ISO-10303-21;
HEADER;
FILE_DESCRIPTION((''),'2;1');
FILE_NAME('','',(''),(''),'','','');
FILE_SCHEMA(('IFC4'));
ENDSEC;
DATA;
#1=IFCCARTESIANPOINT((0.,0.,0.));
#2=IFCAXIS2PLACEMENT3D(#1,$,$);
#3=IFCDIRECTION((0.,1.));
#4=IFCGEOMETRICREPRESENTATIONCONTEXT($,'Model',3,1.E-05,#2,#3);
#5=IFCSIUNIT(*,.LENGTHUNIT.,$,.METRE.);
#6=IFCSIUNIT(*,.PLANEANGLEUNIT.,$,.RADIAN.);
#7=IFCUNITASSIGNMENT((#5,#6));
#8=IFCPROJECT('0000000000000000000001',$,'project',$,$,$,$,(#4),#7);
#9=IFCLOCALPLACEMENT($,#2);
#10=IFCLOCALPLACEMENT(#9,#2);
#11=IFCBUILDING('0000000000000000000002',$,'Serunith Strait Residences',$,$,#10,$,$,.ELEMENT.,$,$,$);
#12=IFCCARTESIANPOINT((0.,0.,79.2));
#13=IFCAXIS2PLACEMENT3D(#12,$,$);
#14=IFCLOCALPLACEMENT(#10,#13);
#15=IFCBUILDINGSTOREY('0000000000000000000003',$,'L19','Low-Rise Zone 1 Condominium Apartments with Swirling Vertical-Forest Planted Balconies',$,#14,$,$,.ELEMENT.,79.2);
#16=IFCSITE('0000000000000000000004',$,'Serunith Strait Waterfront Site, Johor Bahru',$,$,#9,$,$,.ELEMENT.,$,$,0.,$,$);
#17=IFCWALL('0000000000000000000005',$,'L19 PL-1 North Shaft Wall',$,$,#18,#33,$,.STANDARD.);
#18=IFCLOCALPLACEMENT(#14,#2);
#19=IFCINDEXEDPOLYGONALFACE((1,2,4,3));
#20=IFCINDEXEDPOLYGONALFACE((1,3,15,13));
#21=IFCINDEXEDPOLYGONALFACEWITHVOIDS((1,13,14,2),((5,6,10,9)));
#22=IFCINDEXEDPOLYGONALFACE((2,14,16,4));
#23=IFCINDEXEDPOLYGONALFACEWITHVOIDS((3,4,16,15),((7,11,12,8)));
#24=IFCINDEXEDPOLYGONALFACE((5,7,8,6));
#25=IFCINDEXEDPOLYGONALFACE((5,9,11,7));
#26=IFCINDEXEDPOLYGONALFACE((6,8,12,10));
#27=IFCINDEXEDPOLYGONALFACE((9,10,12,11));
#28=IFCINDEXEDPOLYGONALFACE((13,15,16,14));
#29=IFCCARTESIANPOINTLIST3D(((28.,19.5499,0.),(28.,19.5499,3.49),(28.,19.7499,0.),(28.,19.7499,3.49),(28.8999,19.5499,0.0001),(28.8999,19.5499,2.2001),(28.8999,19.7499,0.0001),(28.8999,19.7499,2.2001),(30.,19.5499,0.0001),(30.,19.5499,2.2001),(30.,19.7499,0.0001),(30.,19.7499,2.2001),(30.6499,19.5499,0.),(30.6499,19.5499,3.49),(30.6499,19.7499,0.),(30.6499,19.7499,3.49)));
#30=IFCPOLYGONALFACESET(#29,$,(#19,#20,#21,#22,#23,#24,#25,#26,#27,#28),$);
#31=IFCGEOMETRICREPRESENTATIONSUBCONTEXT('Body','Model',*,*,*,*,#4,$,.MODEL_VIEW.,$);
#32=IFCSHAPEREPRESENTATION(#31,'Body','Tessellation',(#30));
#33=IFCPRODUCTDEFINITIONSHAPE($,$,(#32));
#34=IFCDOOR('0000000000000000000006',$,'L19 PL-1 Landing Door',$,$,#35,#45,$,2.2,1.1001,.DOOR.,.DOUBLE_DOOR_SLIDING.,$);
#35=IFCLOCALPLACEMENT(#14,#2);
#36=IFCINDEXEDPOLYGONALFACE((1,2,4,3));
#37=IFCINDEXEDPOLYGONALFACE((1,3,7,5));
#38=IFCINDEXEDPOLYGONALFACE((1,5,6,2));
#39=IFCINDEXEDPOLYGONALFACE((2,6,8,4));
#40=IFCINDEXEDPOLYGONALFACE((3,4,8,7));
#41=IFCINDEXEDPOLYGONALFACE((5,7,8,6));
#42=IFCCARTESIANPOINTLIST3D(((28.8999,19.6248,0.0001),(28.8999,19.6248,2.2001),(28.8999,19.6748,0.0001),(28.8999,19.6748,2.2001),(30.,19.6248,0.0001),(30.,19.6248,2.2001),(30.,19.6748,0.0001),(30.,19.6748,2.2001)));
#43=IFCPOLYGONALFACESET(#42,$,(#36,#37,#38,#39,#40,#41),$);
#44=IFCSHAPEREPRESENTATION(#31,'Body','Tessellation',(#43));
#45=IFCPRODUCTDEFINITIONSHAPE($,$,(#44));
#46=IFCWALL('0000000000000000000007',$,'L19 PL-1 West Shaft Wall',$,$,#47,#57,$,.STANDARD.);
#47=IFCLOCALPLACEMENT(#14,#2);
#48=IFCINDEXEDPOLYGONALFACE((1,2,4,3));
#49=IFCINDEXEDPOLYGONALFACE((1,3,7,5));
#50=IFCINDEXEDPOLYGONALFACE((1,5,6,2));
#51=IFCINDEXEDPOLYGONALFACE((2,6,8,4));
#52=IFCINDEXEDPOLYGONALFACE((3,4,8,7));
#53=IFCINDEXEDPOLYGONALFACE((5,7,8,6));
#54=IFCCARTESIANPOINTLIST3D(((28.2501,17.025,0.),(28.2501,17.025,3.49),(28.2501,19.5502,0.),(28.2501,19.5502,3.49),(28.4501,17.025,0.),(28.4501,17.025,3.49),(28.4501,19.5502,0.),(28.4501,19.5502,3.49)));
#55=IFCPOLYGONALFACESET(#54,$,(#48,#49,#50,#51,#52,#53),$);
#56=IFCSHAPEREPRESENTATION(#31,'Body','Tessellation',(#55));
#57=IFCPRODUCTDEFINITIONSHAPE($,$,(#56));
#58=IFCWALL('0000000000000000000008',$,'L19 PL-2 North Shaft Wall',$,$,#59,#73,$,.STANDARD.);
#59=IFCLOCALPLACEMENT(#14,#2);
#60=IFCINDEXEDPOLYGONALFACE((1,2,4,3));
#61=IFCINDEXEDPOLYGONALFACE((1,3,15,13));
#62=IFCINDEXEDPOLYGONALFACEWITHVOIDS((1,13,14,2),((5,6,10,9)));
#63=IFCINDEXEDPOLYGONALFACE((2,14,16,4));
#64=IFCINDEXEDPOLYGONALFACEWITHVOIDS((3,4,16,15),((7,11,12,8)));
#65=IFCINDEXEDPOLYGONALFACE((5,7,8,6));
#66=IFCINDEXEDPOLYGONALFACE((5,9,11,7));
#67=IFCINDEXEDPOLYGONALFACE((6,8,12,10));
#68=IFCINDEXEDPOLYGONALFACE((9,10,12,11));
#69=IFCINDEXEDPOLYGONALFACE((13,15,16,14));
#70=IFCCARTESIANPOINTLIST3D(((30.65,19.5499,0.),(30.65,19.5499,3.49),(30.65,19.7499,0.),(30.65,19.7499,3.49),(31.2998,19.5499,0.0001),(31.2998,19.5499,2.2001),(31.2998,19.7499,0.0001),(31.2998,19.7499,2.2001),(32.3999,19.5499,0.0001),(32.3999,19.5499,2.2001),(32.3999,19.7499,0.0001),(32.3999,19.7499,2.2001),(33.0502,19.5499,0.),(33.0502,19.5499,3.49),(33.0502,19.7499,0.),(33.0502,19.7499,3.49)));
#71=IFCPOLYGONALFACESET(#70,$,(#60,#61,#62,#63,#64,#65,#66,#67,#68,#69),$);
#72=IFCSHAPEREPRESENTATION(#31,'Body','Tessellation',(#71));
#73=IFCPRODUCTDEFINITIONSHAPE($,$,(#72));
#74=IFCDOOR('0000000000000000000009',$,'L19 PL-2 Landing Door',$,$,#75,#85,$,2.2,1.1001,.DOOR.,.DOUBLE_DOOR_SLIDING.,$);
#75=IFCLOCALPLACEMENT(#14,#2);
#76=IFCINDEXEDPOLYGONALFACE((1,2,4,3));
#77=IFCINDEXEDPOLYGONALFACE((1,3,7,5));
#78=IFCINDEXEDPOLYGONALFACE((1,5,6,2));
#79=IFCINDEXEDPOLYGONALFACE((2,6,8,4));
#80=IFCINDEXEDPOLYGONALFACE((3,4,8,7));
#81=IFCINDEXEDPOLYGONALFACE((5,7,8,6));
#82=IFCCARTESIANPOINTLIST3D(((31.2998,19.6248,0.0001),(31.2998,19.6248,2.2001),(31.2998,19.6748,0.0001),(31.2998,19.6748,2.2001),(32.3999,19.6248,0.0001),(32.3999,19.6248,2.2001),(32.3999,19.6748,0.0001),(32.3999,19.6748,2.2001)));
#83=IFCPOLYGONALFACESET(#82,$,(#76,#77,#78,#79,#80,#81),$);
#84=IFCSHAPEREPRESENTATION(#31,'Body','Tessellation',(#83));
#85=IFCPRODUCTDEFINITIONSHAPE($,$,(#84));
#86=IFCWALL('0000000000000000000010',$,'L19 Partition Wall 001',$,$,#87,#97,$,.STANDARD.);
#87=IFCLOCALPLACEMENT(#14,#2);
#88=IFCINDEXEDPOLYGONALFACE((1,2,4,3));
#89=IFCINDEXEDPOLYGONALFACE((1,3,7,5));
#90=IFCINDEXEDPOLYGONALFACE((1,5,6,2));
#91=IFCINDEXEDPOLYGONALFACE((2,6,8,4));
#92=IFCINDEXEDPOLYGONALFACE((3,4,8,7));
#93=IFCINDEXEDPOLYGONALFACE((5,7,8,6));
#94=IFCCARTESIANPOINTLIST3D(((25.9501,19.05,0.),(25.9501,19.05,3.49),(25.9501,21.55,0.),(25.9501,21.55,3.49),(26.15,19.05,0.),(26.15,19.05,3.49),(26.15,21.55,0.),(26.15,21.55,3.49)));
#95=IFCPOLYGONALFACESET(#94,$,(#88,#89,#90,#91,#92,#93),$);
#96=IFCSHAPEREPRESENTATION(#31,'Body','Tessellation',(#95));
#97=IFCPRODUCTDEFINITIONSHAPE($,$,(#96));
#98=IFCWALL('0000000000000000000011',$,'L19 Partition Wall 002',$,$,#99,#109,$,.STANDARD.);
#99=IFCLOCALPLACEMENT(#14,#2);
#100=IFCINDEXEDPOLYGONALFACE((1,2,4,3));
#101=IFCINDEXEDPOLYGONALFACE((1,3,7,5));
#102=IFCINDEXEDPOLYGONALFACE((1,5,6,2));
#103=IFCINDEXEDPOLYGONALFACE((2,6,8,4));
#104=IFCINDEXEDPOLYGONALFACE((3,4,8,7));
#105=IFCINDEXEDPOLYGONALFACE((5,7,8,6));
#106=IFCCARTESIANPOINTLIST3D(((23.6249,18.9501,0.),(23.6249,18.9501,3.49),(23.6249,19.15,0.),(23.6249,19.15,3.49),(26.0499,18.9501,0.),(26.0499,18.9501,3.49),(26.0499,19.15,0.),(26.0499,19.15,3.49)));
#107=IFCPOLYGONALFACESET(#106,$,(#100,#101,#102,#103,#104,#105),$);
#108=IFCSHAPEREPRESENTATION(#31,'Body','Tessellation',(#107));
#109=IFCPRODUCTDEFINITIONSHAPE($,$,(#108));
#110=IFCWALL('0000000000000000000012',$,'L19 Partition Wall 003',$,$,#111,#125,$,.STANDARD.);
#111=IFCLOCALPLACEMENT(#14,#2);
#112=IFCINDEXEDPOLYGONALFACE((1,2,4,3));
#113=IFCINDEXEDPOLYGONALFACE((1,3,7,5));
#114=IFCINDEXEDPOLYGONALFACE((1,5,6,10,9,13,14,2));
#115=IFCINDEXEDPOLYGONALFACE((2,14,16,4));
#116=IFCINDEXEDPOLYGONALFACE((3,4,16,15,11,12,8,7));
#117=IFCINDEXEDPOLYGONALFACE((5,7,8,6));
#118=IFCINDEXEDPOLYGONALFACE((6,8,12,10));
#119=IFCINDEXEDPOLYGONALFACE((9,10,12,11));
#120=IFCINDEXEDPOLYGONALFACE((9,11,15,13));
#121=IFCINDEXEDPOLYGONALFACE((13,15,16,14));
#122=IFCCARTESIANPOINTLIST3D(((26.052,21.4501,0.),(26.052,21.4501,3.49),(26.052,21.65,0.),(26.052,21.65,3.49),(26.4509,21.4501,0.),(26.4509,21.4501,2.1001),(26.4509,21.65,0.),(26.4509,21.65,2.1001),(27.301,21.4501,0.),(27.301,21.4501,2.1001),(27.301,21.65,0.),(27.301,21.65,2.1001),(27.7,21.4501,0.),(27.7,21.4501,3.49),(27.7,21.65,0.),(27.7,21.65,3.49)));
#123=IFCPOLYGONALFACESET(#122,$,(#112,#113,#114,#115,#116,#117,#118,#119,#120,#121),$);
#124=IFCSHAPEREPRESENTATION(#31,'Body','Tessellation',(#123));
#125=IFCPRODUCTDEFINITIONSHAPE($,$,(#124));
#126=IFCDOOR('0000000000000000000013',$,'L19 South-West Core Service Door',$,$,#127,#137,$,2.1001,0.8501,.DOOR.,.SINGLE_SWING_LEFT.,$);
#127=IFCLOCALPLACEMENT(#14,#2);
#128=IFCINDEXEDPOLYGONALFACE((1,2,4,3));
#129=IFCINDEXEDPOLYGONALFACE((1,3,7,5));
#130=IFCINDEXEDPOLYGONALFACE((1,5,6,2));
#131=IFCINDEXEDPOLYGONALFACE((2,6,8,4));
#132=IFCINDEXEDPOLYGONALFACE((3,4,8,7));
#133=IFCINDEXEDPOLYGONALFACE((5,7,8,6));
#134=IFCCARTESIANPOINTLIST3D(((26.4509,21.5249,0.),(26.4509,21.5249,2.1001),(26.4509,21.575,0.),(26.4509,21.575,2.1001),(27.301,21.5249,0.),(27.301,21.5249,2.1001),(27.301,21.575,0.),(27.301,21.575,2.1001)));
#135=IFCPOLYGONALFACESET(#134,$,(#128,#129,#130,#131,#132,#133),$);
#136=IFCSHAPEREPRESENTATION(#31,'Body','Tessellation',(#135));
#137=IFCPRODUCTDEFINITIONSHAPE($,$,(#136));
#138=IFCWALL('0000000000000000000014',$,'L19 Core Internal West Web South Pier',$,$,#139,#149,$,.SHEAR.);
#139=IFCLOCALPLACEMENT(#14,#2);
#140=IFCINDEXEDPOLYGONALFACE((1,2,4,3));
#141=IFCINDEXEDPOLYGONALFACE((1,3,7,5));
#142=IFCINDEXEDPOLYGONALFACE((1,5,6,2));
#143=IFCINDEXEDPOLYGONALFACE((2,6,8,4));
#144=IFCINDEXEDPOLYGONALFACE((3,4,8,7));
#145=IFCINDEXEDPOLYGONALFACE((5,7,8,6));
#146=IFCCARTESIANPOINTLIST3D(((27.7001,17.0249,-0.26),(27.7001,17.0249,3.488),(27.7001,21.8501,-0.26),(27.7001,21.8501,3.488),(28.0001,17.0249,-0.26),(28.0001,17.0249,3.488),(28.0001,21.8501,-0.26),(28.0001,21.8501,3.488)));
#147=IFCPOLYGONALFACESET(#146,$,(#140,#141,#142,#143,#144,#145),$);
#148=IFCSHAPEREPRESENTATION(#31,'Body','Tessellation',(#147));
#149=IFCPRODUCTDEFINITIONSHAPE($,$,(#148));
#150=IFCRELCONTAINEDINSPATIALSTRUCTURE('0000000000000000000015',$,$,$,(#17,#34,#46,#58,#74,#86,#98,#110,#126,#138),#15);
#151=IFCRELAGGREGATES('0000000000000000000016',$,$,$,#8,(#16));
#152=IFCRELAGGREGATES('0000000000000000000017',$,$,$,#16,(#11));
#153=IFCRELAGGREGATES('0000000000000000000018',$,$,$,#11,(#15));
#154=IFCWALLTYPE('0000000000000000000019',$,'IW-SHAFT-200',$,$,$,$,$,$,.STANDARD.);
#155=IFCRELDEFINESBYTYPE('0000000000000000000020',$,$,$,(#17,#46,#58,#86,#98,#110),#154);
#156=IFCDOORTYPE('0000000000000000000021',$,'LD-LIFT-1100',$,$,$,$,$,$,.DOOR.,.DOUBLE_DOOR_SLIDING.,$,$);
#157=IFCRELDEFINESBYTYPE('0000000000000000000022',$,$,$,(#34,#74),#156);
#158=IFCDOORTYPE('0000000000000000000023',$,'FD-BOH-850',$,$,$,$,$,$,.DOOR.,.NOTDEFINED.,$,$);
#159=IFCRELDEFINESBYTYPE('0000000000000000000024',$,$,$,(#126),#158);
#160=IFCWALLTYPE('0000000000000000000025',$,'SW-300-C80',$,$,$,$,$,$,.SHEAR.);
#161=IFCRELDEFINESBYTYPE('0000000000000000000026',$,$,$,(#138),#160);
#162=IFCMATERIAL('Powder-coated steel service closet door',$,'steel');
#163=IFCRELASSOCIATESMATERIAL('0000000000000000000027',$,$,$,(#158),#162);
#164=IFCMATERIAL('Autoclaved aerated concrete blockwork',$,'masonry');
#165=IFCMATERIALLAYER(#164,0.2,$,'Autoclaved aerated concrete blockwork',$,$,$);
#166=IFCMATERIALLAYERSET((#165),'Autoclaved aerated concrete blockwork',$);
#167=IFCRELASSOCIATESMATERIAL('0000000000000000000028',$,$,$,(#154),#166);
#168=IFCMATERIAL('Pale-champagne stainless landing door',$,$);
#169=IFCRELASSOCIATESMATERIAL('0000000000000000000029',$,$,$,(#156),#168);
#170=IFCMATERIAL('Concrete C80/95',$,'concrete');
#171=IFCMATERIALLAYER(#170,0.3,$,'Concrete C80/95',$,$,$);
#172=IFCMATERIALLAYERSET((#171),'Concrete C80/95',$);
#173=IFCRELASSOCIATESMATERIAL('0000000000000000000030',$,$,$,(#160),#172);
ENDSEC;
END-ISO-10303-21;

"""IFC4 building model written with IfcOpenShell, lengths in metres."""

from ifc_helpers import new_model, si_unit, direction, frame, frame_2d, origin, place, context, subcontext, project, spatial, rectangle, extrude, source, transform, mapped, material, layer, layer_set, type_object, element, fill, save


model = new_model("IFC4")

# Units and contexts
model_context = context("Model", 3, precision=1e-05, world=origin(), true_north=direction((0.0, 1.0)))
body_context = subcontext(model_context, "Body", "Model", "MODEL_VIEW")
ifc_project = project(units=[si_unit("LENGTHUNIT", "METRE"), si_unit("PLANEANGLEUNIT", "RADIAN")], contexts=[model_context])

# Site, building, storey
site_placement = place(None, origin())
site = spatial("IfcSite", under=ifc_project, at=site_placement, Name="Serunith Strait Waterfront Site, Johor Bahru", CompositionType="ELEMENT", RefElevation=0.0)
building_placement = place(site_placement, origin())
building = spatial("IfcBuilding", under=site, at=building_placement, Name="Serunith Strait Residences", CompositionType="ELEMENT")
storey_placement = place(building_placement, frame((0.0, 0.0, 79.2)))
storey = spatial("IfcBuildingStorey", under=building, at=storey_placement, Name="L19", Description="Low-Rise Zone 1 Condominium Apartments with Swirling Vertical-Forest Planted Balconies", CompositionType="ELEMENT", Elevation=79.2)

# Wall, opening, door
ifc_material_1 = material(Name="Powder-coated steel service closet door", Category="steel")
door_type_1 = type_object("IfcDoorType", Name="FD-BOH-850", OperationType="NOTDEFINED", PredefinedType="DOOR", material=ifc_material_1)
shared_shape_1 = source(origin(), body_context, "Body", "SweptSolid", [
    extrude(rectangle(XDim=0.8501, YDim=2.1001, at=frame_2d((0.425, 1.05))), frame((0.0, 0.0249, 0.0), z_axis=(0.0, -1.0, 0.0), x_axis=(1.0, 0.0, 0.0)), (0.0, 0.0, 1.0), 0.05),
])
ifc_material_2 = material(Name="Autoclaved aerated concrete blockwork", Category="masonry")
ifc_layer_1 = layer(ifc_material_2, 0.2, Name="Autoclaved aerated concrete blockwork")
ifc_layer_set_1 = layer_set([ifc_layer_1], Name="Autoclaved aerated concrete blockwork")
wall_type_1 = type_object("IfcWallType", Name="IW-SHAFT-200", PredefinedType="STANDARD", material=ifc_layer_set_1)
wall_1_placement = place(storey_placement, frame((28.0, 19.6499, 0.0), z_axis=(0.0, 0.0, 1.0), x_axis=(1.0, 0.0, 0.0)))
wall_1 = element("IfcWall", 1, at=wall_1_placement, inside=storey, type_object=wall_type_1, Name="L19 PL-1 North Shaft Wall", PredefinedType="STANDARD", context=body_context, shape_type="SweptSolid", body=[
    extrude(rectangle(XDim=2.6499, YDim=0.2, at=frame_2d((1.325, 0.0))), origin(), (0.0, 0.0, 1.0), 3.49),
])
opening_1_placement = place(wall_1_placement, frame((0.8999, 0.0, 0.0)))
opening_1 = element("IfcOpeningElement", 2, at=opening_1_placement, cuts=wall_1, PredefinedType="OPENING", context=body_context, shape_type="SweptSolid", body=[
    extrude(rectangle(XDim=1.1001, YDim=2.2, at=frame_2d((0.55, 1.1001))), frame((0.0, 0.1099, 0.0), z_axis=(0.0, -1.0, 0.0), x_axis=(1.0, 0.0, 0.0)), (0.0, 0.0, 1.0), 0.22),
])
ifc_material_3 = material(Name="Pale-champagne stainless landing door")
door_type_2 = type_object("IfcDoorType", Name="LD-LIFT-1100", OperationType="DOUBLE_DOOR_SLIDING", PredefinedType="DOOR", material=ifc_material_3)
shared_shape_2 = source(origin(), body_context, "Body", "SweptSolid", [
    extrude(rectangle(XDim=1.1001, YDim=2.2, at=frame_2d((0.55, 1.1001))), frame((0.0, 0.0249, 0.0), z_axis=(0.0, -1.0, 0.0), x_axis=(1.0, 0.0, 0.0)), (0.0, 0.0, 1.0), 0.05),
])
door_1_placement = place(opening_1_placement, origin())
door_1 = element("IfcDoor", 3, at=door_1_placement, inside=storey, type_object=door_type_2, Name="L19 PL-1 Landing Door", OperationType="DOUBLE_DOOR_SLIDING", OverallHeight=2.2, OverallWidth=1.1001, PredefinedType="DOOR", context=body_context, shape_type="MappedRepresentation", body=[
    mapped(shared_shape_2, transform((0.0, 0.0, 0.0), scale=1.0)),
])
fill(opening_1, door_1)

# Wall
wall_2_placement = place(storey_placement, frame((28.3501, 17.0249, 0.0), z_axis=(0.0, 0.0, 1.0), x_axis=(0.0, 1.0, 0.0)))
element("IfcWall", 4, at=wall_2_placement, inside=storey, type_object=wall_type_1, Name="L19 PL-1 West Shaft Wall", PredefinedType="STANDARD", context=body_context, shape_type="SweptSolid", body=[
    extrude(rectangle(XDim=2.5251, YDim=0.2, at=frame_2d((1.2627, 0.0))), origin(), (0.0, 0.0, 1.0), 3.49),
])

# Wall, opening, door
wall_3_placement = place(storey_placement, frame((30.6499, 19.6499, 0.0), z_axis=(0.0, 0.0, 1.0), x_axis=(1.0, 0.0, 0.0)))
wall_3 = element("IfcWall", 5, at=wall_3_placement, inside=storey, type_object=wall_type_1, Name="L19 PL-2 North Shaft Wall", PredefinedType="STANDARD", context=body_context, shape_type="SweptSolid", body=[
    extrude(rectangle(XDim=2.4001, YDim=0.2, at=frame_2d((1.2002, 0.0))), origin(), (0.0, 0.0, 1.0), 3.49),
])
opening_2_placement = place(wall_3_placement, frame((0.6499, 0.0, 0.0)))
opening_2 = element("IfcOpeningElement", 6, at=opening_2_placement, cuts=wall_3, PredefinedType="OPENING", context=body_context, shape_type="SweptSolid", body=[
    extrude(rectangle(XDim=1.1001, YDim=2.2, at=frame_2d((0.55, 1.1001))), frame((0.0, 0.1099, 0.0), z_axis=(0.0, -1.0, 0.0), x_axis=(1.0, 0.0, 0.0)), (0.0, 0.0, 1.0), 0.22),
])
door_2_placement = place(opening_2_placement, origin())
door_2 = element("IfcDoor", 7, at=door_2_placement, inside=storey, type_object=door_type_2, Name="L19 PL-2 Landing Door", OperationType="DOUBLE_DOOR_SLIDING", OverallHeight=2.2, OverallWidth=1.1001, PredefinedType="DOOR", context=body_context, shape_type="MappedRepresentation", body=[
    mapped(shared_shape_2, transform((0.0, 0.0, 0.0), scale=1.0)),
])
fill(opening_2, door_2)

# Walls
wall_4_placement = place(storey_placement, frame((26.05, 19.05, 0.0), z_axis=(0.0, 0.0, 1.0), x_axis=(0.0, 1.0, 0.0)))
element("IfcWall", 8, at=wall_4_placement, inside=storey, type_object=wall_type_1, Name="L19 Partition Wall 001", PredefinedType="STANDARD", context=body_context, shape_type="SweptSolid", body=[
    extrude(rectangle(XDim=2.5, YDim=0.2, at=frame_2d((1.25, 0.0))), origin(), (0.0, 0.0, 1.0), 3.49),
])
wall_5_placement = place(storey_placement, frame((23.625, 19.05, 0.0), z_axis=(0.0, 0.0, 1.0), x_axis=(1.0, 0.0, 0.0)))
element("IfcWall", 9, at=wall_5_placement, inside=storey, type_object=wall_type_1, Name="L19 Partition Wall 002", PredefinedType="STANDARD", context=body_context, shape_type="SweptSolid", body=[
    extrude(rectangle(XDim=2.425, YDim=0.2, at=frame_2d((1.2124, 0.0))), origin(), (0.0, 0.0, 1.0), 3.49),
])

# Wall, opening, door
wall_6_placement = place(storey_placement, frame((26.052, 21.55, 0.0), z_axis=(0.0, 0.0, 1.0), x_axis=(1.0, 0.0, 0.0)))
wall_6 = element("IfcWall", 10, at=wall_6_placement, inside=storey, type_object=wall_type_1, Name="L19 Partition Wall 003", PredefinedType="STANDARD", context=body_context, shape_type="SweptSolid", body=[
    extrude(rectangle(XDim=1.6479, YDim=0.2, at=frame_2d((0.824, 0.0))), origin(), (0.0, 0.0, 1.0), 3.49),
])
opening_3_placement = place(wall_6_placement, frame((0.3989, 0.0, 0.0)))
opening_3 = element("IfcOpeningElement", 11, at=opening_3_placement, cuts=wall_6, PredefinedType="OPENING", context=body_context, shape_type="SweptSolid", body=[
    extrude(rectangle(XDim=0.8501, YDim=2.1001, at=frame_2d((0.425, 1.05))), frame((0.0, 0.1099, 0.0), z_axis=(0.0, -1.0, 0.0), x_axis=(1.0, 0.0, 0.0)), (0.0, 0.0, 1.0), 0.22),
])
door_3_placement = place(opening_3_placement, origin())
door_3 = element("IfcDoor", 12, at=door_3_placement, inside=storey, type_object=door_type_1, Name="L19 South-West Core Service Door", OperationType="SINGLE_SWING_LEFT", OverallHeight=2.1001, OverallWidth=0.8501, PredefinedType="DOOR", context=body_context, shape_type="MappedRepresentation", body=[
    mapped(shared_shape_1, transform((0.0, 0.0, 0.0), scale=1.0)),
])
fill(opening_3, door_3)

# Wall
ifc_material_4 = material(Name="Concrete C80/95", Category="concrete")
ifc_layer_2 = layer(ifc_material_4, 0.3, Name="Concrete C80/95")
ifc_layer_set_2 = layer_set([ifc_layer_2], Name="Concrete C80/95")
wall_type_2 = type_object("IfcWallType", Name="SW-300-C80", PredefinedType="SHEAR", material=ifc_layer_set_2)
wall_7_placement = place(storey_placement, frame((27.8501, 17.0249, -0.26), z_axis=(0.0, 0.0, 1.0), x_axis=(0.0, 1.0, 0.0)))
element("IfcWall", 13, at=wall_7_placement, inside=storey, type_object=wall_type_2, Name="L19 Core Internal West Web South Pier", PredefinedType="SHEAR", context=body_context, shape_type="SweptSolid", body=[
    extrude(rectangle(XDim=4.8252, YDim=0.3, at=frame_2d((2.4126, 0.0))), origin(), (0.0, 0.0, 1.0), 3.748),
])

save(model, "model.ifc")
